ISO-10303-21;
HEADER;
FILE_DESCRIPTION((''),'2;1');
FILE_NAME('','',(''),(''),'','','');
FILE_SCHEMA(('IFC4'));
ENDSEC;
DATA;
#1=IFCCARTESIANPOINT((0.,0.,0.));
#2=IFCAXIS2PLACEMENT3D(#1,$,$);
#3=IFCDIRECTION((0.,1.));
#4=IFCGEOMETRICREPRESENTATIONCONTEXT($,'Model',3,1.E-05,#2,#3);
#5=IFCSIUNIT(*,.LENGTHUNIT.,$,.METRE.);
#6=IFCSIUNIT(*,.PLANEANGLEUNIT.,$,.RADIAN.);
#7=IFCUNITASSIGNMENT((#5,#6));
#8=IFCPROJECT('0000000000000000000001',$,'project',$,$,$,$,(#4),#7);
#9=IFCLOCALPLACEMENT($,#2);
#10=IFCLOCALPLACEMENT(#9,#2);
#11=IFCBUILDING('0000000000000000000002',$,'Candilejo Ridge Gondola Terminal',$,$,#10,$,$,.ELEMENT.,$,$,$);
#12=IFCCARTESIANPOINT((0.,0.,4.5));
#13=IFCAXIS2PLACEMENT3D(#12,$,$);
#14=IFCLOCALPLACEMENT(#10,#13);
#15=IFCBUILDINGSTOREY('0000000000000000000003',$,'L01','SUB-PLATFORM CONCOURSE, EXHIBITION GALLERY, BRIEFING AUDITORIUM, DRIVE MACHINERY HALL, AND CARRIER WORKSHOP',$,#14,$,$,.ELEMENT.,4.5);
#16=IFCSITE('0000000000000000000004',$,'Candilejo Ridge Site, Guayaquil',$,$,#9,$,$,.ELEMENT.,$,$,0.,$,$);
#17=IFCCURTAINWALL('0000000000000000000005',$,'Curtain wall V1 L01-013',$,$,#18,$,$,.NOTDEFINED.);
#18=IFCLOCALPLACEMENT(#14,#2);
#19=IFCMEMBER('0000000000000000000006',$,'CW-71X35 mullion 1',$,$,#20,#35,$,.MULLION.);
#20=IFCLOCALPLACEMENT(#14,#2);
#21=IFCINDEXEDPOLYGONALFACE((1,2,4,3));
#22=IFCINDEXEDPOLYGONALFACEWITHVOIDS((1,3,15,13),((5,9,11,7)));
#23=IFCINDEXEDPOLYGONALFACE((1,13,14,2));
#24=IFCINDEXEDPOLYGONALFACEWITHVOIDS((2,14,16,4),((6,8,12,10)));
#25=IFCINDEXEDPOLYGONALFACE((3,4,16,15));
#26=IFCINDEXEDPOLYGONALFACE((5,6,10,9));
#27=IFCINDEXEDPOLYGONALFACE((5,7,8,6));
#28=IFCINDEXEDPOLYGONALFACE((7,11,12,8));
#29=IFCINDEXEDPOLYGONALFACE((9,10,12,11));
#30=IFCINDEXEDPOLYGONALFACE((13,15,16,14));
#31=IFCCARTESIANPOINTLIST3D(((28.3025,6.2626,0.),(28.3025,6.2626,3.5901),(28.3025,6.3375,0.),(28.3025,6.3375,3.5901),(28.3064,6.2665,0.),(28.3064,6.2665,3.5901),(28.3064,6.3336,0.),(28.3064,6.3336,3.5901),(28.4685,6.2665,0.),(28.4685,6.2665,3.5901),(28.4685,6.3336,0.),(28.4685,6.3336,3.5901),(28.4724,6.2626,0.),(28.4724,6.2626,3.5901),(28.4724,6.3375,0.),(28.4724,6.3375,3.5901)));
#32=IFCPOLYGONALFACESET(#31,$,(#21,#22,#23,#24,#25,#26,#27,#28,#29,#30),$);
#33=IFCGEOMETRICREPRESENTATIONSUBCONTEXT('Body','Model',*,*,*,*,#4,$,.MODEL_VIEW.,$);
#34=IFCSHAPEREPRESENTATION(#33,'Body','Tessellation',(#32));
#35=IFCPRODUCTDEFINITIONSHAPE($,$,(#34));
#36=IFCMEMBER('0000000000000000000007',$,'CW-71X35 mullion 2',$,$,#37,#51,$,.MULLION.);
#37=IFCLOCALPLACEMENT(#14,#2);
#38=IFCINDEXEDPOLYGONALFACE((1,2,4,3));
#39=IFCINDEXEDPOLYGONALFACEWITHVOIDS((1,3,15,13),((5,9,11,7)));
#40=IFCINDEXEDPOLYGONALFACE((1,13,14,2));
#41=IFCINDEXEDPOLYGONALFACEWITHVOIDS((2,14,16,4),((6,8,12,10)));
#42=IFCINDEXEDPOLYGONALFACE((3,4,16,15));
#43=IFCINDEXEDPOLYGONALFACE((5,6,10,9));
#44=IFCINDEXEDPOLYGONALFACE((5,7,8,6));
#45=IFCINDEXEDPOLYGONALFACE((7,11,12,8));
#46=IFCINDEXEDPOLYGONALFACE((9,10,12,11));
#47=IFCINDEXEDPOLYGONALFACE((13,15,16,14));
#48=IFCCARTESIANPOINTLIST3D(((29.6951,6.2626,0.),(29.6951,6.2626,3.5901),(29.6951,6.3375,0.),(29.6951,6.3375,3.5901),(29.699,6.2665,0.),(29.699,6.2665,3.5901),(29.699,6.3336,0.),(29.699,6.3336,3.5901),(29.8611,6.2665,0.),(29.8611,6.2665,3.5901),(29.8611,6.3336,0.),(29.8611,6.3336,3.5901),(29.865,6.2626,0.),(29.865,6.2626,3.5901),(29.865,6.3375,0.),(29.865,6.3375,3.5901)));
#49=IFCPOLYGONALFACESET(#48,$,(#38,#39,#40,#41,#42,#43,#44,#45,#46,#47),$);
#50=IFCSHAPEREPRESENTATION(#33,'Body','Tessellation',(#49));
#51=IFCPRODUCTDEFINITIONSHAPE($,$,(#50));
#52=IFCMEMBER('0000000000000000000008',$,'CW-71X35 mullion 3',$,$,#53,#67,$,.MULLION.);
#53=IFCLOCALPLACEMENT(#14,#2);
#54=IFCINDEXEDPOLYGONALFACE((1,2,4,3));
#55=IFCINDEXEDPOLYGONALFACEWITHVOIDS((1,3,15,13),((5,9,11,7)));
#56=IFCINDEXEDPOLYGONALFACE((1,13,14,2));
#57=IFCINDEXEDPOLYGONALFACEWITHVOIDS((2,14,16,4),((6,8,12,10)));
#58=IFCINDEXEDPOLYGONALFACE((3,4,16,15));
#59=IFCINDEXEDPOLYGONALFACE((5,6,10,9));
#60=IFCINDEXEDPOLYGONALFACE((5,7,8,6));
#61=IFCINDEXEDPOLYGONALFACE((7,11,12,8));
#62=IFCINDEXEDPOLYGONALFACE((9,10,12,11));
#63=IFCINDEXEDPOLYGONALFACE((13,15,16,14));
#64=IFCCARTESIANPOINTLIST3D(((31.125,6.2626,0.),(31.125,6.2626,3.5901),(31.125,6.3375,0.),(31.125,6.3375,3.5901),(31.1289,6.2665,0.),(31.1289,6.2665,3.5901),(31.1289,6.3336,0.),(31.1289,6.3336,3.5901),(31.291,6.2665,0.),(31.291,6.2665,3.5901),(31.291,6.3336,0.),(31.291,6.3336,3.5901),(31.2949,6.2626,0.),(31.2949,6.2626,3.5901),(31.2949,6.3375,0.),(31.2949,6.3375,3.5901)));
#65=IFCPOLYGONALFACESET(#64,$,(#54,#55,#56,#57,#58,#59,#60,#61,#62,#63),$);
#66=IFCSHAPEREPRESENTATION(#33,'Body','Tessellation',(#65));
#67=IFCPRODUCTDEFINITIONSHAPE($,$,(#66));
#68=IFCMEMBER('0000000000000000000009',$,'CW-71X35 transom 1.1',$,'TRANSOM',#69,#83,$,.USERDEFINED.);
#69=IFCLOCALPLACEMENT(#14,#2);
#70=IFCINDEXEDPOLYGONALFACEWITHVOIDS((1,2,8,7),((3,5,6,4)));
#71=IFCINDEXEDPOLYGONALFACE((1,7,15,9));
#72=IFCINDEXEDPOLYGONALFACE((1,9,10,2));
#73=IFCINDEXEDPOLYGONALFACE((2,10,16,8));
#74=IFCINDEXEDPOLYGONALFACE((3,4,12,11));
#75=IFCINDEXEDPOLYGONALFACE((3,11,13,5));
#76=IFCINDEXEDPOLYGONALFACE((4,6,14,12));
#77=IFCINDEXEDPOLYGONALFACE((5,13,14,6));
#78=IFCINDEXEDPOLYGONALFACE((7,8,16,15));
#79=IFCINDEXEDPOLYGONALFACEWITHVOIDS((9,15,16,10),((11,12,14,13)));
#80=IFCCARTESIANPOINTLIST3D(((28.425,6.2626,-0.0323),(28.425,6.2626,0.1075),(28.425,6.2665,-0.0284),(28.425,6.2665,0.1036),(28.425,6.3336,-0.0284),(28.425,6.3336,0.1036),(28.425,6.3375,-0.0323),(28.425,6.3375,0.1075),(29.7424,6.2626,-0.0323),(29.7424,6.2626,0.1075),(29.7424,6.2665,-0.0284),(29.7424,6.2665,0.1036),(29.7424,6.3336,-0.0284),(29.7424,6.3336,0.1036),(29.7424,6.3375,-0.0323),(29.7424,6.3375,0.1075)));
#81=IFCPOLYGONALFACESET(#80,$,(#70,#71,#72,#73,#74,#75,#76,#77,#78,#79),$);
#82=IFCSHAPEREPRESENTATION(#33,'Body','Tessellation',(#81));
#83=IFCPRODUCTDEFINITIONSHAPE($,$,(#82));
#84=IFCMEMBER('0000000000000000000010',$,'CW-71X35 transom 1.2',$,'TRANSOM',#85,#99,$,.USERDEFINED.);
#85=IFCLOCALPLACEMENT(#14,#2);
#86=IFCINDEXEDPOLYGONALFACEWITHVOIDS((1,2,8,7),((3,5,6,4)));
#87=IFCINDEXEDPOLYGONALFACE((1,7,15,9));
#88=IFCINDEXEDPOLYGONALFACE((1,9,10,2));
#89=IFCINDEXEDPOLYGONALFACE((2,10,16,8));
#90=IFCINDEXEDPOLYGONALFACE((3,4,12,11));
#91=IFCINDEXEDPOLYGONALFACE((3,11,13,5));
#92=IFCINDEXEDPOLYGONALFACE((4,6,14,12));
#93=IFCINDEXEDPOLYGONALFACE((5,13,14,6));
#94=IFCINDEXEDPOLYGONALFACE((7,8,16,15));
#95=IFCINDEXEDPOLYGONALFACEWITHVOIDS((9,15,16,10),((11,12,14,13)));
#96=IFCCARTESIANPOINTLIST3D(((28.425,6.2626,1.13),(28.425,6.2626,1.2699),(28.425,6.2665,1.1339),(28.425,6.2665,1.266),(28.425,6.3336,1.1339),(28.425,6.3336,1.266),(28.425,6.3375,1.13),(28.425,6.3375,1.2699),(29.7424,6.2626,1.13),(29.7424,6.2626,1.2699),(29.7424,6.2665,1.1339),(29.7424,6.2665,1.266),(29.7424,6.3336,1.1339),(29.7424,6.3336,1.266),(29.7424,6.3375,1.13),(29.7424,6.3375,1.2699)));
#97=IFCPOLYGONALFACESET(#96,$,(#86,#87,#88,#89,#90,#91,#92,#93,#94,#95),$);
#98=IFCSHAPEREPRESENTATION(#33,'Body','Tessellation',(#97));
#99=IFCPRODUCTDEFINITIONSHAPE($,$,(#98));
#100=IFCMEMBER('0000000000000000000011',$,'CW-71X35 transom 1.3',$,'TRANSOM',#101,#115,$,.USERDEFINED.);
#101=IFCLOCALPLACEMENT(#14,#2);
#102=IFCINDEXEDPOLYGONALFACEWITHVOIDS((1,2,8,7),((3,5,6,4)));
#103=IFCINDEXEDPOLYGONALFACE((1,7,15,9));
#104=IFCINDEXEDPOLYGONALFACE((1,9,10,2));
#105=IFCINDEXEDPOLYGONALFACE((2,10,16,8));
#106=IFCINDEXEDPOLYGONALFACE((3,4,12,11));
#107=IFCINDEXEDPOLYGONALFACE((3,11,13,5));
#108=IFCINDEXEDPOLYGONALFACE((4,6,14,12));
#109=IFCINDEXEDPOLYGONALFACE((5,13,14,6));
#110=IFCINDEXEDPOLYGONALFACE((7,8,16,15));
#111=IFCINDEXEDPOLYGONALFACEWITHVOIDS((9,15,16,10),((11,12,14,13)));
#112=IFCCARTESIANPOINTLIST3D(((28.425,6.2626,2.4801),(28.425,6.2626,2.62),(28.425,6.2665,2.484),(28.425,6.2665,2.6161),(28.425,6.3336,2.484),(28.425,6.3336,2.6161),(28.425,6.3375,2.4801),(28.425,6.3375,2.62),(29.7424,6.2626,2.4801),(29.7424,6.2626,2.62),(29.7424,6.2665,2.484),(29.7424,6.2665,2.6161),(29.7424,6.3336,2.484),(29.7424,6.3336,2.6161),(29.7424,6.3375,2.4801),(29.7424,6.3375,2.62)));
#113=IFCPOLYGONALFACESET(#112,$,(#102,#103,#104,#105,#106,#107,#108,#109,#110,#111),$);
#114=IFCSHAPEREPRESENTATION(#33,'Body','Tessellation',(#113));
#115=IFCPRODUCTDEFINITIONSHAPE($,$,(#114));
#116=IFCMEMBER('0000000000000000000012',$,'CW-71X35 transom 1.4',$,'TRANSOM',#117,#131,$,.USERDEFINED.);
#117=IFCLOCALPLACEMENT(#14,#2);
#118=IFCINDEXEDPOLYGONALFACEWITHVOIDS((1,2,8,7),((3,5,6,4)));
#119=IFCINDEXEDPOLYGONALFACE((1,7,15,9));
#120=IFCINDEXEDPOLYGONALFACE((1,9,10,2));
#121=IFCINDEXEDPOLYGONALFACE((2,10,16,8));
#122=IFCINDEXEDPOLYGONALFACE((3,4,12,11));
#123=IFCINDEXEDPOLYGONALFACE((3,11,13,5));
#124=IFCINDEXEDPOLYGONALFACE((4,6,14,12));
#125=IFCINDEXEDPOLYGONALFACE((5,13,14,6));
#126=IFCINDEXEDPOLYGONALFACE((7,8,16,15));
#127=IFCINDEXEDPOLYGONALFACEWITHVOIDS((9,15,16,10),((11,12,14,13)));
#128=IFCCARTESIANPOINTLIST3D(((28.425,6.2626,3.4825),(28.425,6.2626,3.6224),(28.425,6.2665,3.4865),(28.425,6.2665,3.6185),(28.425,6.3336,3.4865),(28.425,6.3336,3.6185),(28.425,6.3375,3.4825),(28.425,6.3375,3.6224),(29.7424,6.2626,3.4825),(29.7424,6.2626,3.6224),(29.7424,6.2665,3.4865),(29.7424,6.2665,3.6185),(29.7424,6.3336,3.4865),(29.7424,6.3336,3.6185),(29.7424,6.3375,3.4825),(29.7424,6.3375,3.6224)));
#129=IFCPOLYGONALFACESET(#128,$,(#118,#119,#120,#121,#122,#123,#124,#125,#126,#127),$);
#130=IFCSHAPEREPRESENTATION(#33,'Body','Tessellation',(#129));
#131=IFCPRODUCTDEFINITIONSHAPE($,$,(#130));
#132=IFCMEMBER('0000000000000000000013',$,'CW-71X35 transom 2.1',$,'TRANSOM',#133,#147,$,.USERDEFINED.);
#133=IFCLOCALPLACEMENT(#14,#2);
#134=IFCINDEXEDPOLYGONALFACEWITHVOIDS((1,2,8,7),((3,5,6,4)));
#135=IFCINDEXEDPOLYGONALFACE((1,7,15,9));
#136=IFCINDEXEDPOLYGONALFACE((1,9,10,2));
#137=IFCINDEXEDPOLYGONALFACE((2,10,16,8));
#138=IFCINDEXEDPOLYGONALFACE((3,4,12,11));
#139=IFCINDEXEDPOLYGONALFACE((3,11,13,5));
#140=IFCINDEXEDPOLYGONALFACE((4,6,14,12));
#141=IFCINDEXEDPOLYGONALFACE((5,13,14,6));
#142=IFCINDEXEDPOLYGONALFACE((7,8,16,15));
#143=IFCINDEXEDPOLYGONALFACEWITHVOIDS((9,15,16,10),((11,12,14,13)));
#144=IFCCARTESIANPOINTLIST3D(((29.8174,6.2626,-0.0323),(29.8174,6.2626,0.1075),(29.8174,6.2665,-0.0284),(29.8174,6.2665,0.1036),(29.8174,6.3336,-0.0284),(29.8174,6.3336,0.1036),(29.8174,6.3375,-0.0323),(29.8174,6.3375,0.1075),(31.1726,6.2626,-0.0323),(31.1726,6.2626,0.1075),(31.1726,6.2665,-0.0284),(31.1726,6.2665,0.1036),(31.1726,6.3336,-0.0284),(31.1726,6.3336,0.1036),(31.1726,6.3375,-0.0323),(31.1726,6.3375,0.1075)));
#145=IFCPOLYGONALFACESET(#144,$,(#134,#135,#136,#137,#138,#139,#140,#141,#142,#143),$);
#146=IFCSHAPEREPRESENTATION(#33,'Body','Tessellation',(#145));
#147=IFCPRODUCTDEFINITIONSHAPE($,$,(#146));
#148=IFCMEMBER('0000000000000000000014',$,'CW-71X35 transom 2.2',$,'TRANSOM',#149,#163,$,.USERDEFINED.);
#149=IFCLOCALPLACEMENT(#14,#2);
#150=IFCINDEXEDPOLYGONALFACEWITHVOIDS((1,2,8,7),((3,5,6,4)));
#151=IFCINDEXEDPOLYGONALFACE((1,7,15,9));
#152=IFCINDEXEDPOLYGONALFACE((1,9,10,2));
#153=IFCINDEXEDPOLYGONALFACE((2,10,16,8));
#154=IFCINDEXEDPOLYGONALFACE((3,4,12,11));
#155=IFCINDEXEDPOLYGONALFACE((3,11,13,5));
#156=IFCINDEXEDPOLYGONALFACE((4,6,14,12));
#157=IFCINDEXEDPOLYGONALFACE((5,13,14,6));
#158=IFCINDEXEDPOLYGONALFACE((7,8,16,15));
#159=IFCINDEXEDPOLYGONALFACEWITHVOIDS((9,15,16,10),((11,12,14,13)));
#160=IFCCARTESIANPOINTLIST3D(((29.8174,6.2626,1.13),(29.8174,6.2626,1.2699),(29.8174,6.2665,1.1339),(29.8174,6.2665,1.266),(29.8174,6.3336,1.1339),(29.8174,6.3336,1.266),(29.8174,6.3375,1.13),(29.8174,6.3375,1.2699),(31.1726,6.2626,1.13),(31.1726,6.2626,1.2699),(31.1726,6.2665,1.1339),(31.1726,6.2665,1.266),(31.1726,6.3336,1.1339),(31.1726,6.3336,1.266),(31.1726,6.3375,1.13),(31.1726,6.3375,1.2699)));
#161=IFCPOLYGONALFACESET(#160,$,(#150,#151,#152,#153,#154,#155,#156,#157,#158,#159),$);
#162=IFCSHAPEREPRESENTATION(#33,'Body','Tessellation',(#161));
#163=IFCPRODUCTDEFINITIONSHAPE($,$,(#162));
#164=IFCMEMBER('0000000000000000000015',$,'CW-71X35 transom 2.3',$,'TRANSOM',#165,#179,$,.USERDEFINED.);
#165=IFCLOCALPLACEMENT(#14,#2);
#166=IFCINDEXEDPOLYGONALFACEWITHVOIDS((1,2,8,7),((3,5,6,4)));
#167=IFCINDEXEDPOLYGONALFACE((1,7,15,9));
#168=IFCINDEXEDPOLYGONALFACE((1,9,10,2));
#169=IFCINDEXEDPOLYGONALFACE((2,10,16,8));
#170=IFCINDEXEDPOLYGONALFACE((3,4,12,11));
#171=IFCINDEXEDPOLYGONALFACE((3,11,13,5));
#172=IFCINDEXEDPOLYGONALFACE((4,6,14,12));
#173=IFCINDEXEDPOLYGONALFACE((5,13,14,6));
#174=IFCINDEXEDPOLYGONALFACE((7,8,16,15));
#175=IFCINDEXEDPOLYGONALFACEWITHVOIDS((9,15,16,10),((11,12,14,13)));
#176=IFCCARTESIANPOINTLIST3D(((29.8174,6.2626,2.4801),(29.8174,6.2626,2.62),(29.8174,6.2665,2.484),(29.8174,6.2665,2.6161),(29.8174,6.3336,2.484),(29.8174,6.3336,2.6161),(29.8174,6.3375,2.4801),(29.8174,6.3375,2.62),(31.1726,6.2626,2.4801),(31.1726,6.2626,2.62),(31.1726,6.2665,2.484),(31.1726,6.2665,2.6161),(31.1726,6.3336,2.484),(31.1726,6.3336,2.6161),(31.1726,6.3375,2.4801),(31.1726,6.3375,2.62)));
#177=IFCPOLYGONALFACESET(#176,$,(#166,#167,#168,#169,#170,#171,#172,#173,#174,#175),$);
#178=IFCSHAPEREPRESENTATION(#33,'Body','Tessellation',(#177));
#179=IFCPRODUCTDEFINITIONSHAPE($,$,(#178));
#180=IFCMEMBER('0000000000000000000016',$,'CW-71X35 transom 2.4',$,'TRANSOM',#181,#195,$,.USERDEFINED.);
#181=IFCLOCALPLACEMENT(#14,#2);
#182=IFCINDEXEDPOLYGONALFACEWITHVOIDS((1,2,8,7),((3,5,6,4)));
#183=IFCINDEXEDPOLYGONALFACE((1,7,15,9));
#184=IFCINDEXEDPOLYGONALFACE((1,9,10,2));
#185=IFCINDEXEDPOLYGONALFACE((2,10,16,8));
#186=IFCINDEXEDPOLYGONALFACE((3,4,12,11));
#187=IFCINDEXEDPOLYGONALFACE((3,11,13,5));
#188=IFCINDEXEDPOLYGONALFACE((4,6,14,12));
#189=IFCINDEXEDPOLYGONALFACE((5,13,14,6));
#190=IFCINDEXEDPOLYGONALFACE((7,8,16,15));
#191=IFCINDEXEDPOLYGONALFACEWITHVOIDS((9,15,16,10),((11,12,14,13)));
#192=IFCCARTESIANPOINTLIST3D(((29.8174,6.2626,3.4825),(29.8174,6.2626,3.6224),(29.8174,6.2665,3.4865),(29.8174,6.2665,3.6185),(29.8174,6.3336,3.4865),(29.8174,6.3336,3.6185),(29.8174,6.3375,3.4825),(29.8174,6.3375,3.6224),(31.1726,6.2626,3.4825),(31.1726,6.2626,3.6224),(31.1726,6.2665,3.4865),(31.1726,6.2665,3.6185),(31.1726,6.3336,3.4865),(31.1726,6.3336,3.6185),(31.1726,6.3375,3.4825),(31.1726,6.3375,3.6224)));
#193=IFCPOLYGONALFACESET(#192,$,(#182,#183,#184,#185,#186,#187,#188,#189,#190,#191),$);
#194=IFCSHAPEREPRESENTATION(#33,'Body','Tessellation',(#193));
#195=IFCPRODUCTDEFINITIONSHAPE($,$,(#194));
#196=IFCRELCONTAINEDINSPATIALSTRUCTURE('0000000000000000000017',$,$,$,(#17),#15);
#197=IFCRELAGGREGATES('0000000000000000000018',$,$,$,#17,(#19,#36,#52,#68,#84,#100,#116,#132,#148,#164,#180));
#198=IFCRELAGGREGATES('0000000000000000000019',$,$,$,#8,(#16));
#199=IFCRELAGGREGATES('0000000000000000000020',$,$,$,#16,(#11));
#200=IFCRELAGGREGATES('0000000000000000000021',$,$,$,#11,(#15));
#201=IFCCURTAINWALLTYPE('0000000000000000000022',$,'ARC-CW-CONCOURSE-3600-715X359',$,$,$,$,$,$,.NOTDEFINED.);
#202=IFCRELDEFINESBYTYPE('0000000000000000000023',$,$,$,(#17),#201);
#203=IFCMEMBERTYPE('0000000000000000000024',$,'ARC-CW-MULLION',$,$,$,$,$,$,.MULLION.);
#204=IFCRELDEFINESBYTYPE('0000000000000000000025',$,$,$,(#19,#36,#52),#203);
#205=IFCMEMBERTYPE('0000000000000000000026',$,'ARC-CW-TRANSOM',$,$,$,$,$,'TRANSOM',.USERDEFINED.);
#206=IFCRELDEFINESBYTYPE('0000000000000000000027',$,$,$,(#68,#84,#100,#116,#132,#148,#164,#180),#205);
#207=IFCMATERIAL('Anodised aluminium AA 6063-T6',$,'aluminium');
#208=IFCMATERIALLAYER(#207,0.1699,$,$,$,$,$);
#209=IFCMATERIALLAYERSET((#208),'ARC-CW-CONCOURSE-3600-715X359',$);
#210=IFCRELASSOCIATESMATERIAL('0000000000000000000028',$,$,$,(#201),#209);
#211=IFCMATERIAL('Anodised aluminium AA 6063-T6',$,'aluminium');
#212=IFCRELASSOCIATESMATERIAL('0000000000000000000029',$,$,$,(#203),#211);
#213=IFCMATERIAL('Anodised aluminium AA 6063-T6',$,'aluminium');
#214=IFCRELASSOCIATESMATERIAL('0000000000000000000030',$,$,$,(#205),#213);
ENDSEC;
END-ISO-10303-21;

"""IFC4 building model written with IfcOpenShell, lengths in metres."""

from ifc_helpers import new_model, si_unit, direction, frame, origin, origin_2d, place, context, subcontext, project, spatial, hollow_rectangle, extrude, material, layer, layer_set, material_profile, profile_set, type_object, element, aggregate, save


model = new_model("IFC4")

# Units and contexts
model_context = context("Model", 3, precision=1e-05, world=origin(), true_north=direction((0.0, 1.0)))
body_context = subcontext(model_context, "Body", "Model", "MODEL_VIEW")
ifc_project = project(units=[si_unit("LENGTHUNIT", "METRE"), si_unit("PLANEANGLEUNIT", "RADIAN")], contexts=[model_context])

# Site, building, storey
site_placement = place(None, origin())
site = spatial("IfcSite", under=ifc_project, at=site_placement, Name="Candilejo Ridge Site, Guayaquil", CompositionType="ELEMENT", RefElevation=0.0)
building_placement = place(site_placement, origin())
building = spatial("IfcBuilding", under=site, at=building_placement, Name="Candilejo Ridge Gondola Terminal", CompositionType="ELEMENT")
storey_placement = place(building_placement, frame((0.0, 0.0, 4.5)))
storey = spatial("IfcBuildingStorey", under=building, at=storey_placement, Name="L01", Description="SUB-PLATFORM CONCOURSE, EXHIBITION GALLERY, BRIEFING AUDITORIUM, DRIVE MACHINERY HALL, AND CARRIER WORKSHOP", CompositionType="ELEMENT", Elevation=4.5)

# Curtain wall, members
ifc_material_1 = material(Name="Anodised aluminium AA 6063-T6", Category="aluminium")
ifc_layer_1 = layer(ifc_material_1, 0.1699)
ifc_layer_set_1 = layer_set([ifc_layer_1], Name="ARC-CW-CONCOURSE-3600-715X359")
curtain_wall_type = type_object("IfcCurtainWallType", Name="ARC-CW-CONCOURSE-3600-715X359", PredefinedType="NOTDEFINED", material=ifc_layer_set_1)
curtain_wall_placement = place(storey_placement, origin())
curtain_wall = element("IfcCurtainWall", 1, at=curtain_wall_placement, inside=storey, type_object=curtain_wall_type, Name="Curtain wall V1 L01-013", PredefinedType="NOTDEFINED")
ifc_material_2 = material(Name="Anodised aluminium AA 6063-T6", Category="aluminium")
ifc_material_profile_1 = material_profile(ifc_material_2, hollow_rectangle(XDim=0.075, YDim=0.1699, WallThickness=0.0039, at=origin_2d()))
ifc_profile_set_1 = profile_set([ifc_material_profile_1], Name="Anodised aluminium AA 6063-T6")
member_type_1 = type_object("IfcMemberType", Name="ARC-CW-MULLION", PredefinedType="MULLION", material=ifc_profile_set_1)
member_1_placement = place(storey_placement, frame((28.3875, 6.3, 0.0), z_axis=(0.0, 0.0, 1.0), x_axis=(0.0, 1.0, 0.0)))
member_1 = element("IfcMember", 2, at=member_1_placement, type_object=member_type_1, Name="CW-71X35 mullion 1", PredefinedType="MULLION", context=body_context, shape_type="SweptSolid", body=[
    extrude(hollow_rectangle(XDim=0.075, YDim=0.1699, WallThickness=0.0039, at=origin_2d()), origin(), (0.0, 0.0, 1.0), 3.5901),
])
member_2_placement = place(storey_placement, frame((29.78, 6.3, 0.0), z_axis=(0.0, 0.0, 1.0), x_axis=(0.0, 1.0, 0.0)))
member_2 = element("IfcMember", 3, at=member_2_placement, type_object=member_type_1, Name="CW-71X35 mullion 2", PredefinedType="MULLION", context=body_context, shape_type="SweptSolid", body=[
    extrude(hollow_rectangle(XDim=0.075, YDim=0.1699, WallThickness=0.0039, at=origin_2d()), origin(), (0.0, 0.0, 1.0), 3.5901),
])
member_3_placement = place(storey_placement, frame((31.21, 6.3, 0.0), z_axis=(0.0, 0.0, 1.0), x_axis=(0.0, 1.0, 0.0)))
member_3 = element("IfcMember", 4, at=member_3_placement, type_object=member_type_1, Name="CW-71X35 mullion 3", PredefinedType="MULLION", context=body_context, shape_type="SweptSolid", body=[
    extrude(hollow_rectangle(XDim=0.075, YDim=0.1699, WallThickness=0.0039, at=origin_2d()), origin(), (0.0, 0.0, 1.0), 3.5901),
])
ifc_material_3 = material(Name="Anodised aluminium AA 6063-T6", Category="aluminium")
ifc_material_profile_2 = material_profile(ifc_material_3, hollow_rectangle(XDim=0.075, YDim=0.1399, WallThickness=0.0039, at=origin_2d()))
ifc_profile_set_2 = profile_set([ifc_material_profile_2], Name="Anodised aluminium AA 6063-T6")
member_type_2 = type_object("IfcMemberType", Name="ARC-CW-TRANSOM", ElementType="TRANSOM", PredefinedType="USERDEFINED", material=ifc_profile_set_2)
member_4_placement = place(storey_placement, frame((28.425, 6.3, 0.0376), z_axis=(1.0, 0.0, 0.0), x_axis=(0.0, 1.0, 0.0)))
member_4 = element("IfcMember", 5, at=member_4_placement, type_object=member_type_2, Name="CW-71X35 transom 1.1", ObjectType="TRANSOM", PredefinedType="USERDEFINED", context=body_context, shape_type="SweptSolid", body=[
    extrude(hollow_rectangle(XDim=0.075, YDim=0.1399, WallThickness=0.0039, at=origin_2d()), origin(), (0.0, 0.0, 1.0), 1.3174),
])
member_5_placement = place(storey_placement, frame((28.425, 6.3, 1.2), z_axis=(1.0, 0.0, 0.0), x_axis=(0.0, 1.0, 0.0)))
member_5 = element("IfcMember", 6, at=member_5_placement, type_object=member_type_2, Name="CW-71X35 transom 1.2", ObjectType="TRANSOM", PredefinedType="USERDEFINED", context=body_context, shape_type="SweptSolid", body=[
    extrude(hollow_rectangle(XDim=0.075, YDim=0.1399, WallThickness=0.0039, at=origin_2d()), origin(), (0.0, 0.0, 1.0), 1.3174),
])
member_6_placement = place(storey_placement, frame((28.425, 6.3, 2.55), z_axis=(1.0, 0.0, 0.0), x_axis=(0.0, 1.0, 0.0)))
member_6 = element("IfcMember", 7, at=member_6_placement, type_object=member_type_2, Name="CW-71X35 transom 1.3", ObjectType="TRANSOM", PredefinedType="USERDEFINED", context=body_context, shape_type="SweptSolid", body=[
    extrude(hollow_rectangle(XDim=0.075, YDim=0.1399, WallThickness=0.0039, at=origin_2d()), origin(), (0.0, 0.0, 1.0), 1.3174),
])
member_7_placement = place(storey_placement, frame((28.425, 6.3, 3.5525), z_axis=(1.0, 0.0, 0.0), x_axis=(0.0, 1.0, 0.0)))
member_7 = element("IfcMember", 8, at=member_7_placement, type_object=member_type_2, Name="CW-71X35 transom 1.4", ObjectType="TRANSOM", PredefinedType="USERDEFINED", context=body_context, shape_type="SweptSolid", body=[
    extrude(hollow_rectangle(XDim=0.075, YDim=0.1399, WallThickness=0.0039, at=origin_2d()), origin(), (0.0, 0.0, 1.0), 1.3174),
])
member_8_placement = place(storey_placement, frame((29.8174, 6.3, 0.0376), z_axis=(1.0, 0.0, 0.0), x_axis=(0.0, 1.0, 0.0)))
member_8 = element("IfcMember", 9, at=member_8_placement, type_object=member_type_2, Name="CW-71X35 transom 2.1", ObjectType="TRANSOM", PredefinedType="USERDEFINED", context=body_context, shape_type="SweptSolid", body=[
    extrude(hollow_rectangle(XDim=0.075, YDim=0.1399, WallThickness=0.0039, at=origin_2d()), origin(), (0.0, 0.0, 1.0), 1.3552),
])
member_9_placement = place(storey_placement, frame((29.8174, 6.3, 1.2), z_axis=(1.0, 0.0, 0.0), x_axis=(0.0, 1.0, 0.0)))
member_9 = element("IfcMember", 10, at=member_9_placement, type_object=member_type_2, Name="CW-71X35 transom 2.2", ObjectType="TRANSOM", PredefinedType="USERDEFINED", context=body_context, shape_type="SweptSolid", body=[
    extrude(hollow_rectangle(XDim=0.075, YDim=0.1399, WallThickness=0.0039, at=origin_2d()), origin(), (0.0, 0.0, 1.0), 1.3552),
])
member_10_placement = place(storey_placement, frame((29.8174, 6.3, 2.55), z_axis=(1.0, 0.0, 0.0), x_axis=(0.0, 1.0, 0.0)))
member_10 = element("IfcMember", 11, at=member_10_placement, type_object=member_type_2, Name="CW-71X35 transom 2.3", ObjectType="TRANSOM", PredefinedType="USERDEFINED", context=body_context, shape_type="SweptSolid", body=[
    extrude(hollow_rectangle(XDim=0.075, YDim=0.1399, WallThickness=0.0039, at=origin_2d()), origin(), (0.0, 0.0, 1.0), 1.3552),
])
member_11_placement = place(storey_placement, frame((29.8174, 6.3, 3.5525), z_axis=(1.0, 0.0, 0.0), x_axis=(0.0, 1.0, 0.0)))
member_11 = element("IfcMember", 12, at=member_11_placement, type_object=member_type_2, Name="CW-71X35 transom 2.4", ObjectType="TRANSOM", PredefinedType="USERDEFINED", context=body_context, shape_type="SweptSolid", body=[
    extrude(hollow_rectangle(XDim=0.075, YDim=0.1399, WallThickness=0.0039, at=origin_2d()), origin(), (0.0, 0.0, 1.0), 1.3552),
])
aggregate(curtain_wall, [member_1, member_2, member_3, member_4, member_5, member_6, member_7, member_8, member_9, member_10, member_11])

save(model, "model.ifc")
